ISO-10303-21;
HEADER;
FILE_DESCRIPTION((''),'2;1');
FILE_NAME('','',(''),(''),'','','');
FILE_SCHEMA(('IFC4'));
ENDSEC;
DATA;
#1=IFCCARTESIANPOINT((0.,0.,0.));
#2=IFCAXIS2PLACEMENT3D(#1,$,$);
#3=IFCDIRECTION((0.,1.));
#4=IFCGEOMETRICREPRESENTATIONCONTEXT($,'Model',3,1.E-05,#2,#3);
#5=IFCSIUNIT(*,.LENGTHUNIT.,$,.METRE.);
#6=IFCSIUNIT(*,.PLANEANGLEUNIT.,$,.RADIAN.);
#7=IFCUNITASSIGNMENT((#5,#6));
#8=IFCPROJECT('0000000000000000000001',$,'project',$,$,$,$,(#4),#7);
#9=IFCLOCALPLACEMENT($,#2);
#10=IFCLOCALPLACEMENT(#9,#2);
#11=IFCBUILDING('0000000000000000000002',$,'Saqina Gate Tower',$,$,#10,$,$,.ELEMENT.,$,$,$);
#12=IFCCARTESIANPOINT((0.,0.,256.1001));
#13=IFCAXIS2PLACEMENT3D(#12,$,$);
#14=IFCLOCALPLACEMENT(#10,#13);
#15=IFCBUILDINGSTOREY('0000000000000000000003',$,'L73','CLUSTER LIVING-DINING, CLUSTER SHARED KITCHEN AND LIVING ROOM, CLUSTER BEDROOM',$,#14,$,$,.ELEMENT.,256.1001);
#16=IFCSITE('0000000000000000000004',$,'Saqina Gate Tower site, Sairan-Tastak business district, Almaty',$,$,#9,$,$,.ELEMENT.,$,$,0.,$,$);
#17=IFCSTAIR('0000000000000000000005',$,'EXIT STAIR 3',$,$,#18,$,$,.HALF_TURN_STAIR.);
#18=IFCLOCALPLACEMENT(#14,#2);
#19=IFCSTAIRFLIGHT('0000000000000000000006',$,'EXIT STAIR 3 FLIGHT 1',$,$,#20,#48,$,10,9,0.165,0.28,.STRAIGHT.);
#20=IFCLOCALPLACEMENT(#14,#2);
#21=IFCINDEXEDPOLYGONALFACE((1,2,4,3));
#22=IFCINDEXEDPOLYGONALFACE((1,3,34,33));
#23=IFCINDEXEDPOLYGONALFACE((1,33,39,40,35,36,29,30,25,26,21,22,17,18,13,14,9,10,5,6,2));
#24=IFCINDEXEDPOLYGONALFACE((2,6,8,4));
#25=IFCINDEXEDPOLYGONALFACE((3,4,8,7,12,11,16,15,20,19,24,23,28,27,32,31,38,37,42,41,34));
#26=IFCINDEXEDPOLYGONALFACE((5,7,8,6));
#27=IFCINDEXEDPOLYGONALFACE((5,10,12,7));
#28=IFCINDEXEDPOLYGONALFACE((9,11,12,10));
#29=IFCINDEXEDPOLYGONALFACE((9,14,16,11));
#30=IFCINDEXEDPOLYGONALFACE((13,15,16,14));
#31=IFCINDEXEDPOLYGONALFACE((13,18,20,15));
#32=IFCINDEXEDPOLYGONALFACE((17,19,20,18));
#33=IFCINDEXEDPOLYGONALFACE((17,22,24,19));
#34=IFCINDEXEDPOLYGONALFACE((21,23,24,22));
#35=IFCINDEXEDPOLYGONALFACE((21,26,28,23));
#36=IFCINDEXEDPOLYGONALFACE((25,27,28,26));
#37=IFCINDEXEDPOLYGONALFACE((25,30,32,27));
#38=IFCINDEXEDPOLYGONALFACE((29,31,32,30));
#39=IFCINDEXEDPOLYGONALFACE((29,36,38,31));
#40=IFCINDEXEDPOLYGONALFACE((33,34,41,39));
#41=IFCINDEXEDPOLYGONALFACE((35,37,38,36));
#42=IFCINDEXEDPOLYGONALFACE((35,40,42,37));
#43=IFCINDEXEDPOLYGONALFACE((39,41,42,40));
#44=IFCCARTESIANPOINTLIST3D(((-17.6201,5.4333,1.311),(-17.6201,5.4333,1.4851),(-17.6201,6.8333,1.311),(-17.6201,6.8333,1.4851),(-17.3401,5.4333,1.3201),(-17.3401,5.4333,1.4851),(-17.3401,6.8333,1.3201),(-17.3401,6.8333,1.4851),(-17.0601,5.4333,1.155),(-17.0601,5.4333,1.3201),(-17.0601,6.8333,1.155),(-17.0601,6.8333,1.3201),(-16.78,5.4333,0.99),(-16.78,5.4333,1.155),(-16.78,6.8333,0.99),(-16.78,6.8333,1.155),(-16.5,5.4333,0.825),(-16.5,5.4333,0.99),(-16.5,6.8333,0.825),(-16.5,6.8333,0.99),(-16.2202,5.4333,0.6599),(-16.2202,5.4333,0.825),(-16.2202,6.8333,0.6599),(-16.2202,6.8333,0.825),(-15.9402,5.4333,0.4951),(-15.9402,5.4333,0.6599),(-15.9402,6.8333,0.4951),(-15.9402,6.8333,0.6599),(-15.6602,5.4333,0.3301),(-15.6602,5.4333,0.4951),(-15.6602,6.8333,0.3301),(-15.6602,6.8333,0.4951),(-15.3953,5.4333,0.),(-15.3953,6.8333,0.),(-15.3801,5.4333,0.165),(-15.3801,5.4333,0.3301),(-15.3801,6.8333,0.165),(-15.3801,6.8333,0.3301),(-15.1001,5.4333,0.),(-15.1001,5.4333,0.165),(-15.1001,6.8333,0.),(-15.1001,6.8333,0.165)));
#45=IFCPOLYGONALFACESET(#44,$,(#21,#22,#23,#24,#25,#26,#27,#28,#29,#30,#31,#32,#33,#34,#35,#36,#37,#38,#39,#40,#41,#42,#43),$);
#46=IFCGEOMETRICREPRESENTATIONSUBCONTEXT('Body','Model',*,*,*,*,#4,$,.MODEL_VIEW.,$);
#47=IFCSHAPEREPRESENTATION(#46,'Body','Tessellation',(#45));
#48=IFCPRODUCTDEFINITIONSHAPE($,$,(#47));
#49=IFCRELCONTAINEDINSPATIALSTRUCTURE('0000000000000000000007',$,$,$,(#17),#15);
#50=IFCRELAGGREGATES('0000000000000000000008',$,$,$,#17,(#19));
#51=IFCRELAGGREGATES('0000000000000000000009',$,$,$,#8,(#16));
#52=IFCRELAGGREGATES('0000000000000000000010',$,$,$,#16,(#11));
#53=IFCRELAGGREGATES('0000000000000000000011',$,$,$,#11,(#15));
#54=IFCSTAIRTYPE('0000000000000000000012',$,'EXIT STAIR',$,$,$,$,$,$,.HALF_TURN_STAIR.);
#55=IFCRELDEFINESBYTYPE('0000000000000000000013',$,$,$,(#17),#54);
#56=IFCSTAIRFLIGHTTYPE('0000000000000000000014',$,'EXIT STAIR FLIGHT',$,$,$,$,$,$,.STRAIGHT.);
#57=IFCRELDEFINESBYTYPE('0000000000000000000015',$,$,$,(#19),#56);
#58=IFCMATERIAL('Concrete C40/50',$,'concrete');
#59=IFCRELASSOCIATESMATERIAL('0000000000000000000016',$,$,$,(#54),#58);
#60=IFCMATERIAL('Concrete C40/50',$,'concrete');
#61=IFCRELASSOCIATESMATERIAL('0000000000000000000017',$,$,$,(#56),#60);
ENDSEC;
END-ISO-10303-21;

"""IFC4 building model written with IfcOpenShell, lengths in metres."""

from ifc_helpers import new_model, si_unit, direction, frame, origin, place, context, subcontext, project, spatial, polyline, outline, extrude, material, type_object, element, aggregate, save


model = new_model("IFC4")

# Units and contexts
model_context = context("Model", 3, precision=1e-05, world=origin(), true_north=direction((0.0, 1.0)))
body_context = subcontext(model_context, "Body", "Model", "MODEL_VIEW")
ifc_project = project(units=[si_unit("LENGTHUNIT", "METRE"), si_unit("PLANEANGLEUNIT", "RADIAN")], contexts=[model_context])

# Site, building, storey
site_placement = place(None, origin())
site = spatial("IfcSite", under=ifc_project, at=site_placement, Name="Saqina Gate Tower site, Sairan-Tastak business district, Almaty", CompositionType="ELEMENT", RefElevation=0.0)
building_placement = place(site_placement, origin())
building = spatial("IfcBuilding", under=site, at=building_placement, Name="Saqina Gate Tower", CompositionType="ELEMENT")
storey_placement = place(building_placement, frame((0.0, 0.0, 256.1001)))
storey = spatial("IfcBuildingStorey", under=building, at=storey_placement, Name="L73", Description="CLUSTER LIVING-DINING, CLUSTER SHARED KITCHEN AND LIVING ROOM, CLUSTER BEDROOM", CompositionType="ELEMENT", Elevation=256.1001)

# Stair, stair flight
ifc_material_1 = material(Name="Concrete C40/50", Category="concrete")
stair_type = type_object("IfcStairType", Name="EXIT STAIR", PredefinedType="HALF_TURN_STAIR", material=ifc_material_1)
stair_placement = place(storey_placement, origin())
stair = element("IfcStair", 1, at=stair_placement, inside=storey, type_object=stair_type, Name="EXIT STAIR 3", PredefinedType="HALF_TURN_STAIR")
ifc_material_2 = material(Name="Concrete C40/50", Category="concrete")
stair_flight_type = type_object("IfcStairFlightType", Name="EXIT STAIR FLIGHT", PredefinedType="STRAIGHT", material=ifc_material_2)
stair_flight_placement = place(storey_placement, frame((-15.1001, 6.1333, 0.0), z_axis=(0.0, 0.0, 1.0), x_axis=(-1.0, 0.0, 0.0)))
stair_flight = element("IfcStairFlight", 2, at=stair_flight_placement, type_object=stair_flight_type, Name="EXIT STAIR 3 FLIGHT 1", NumberOfRisers=10, NumberOfTreads=9, PredefinedType="STRAIGHT", RiserHeight=0.165, TreadLength=0.28, context=body_context, shape_type="SweptSolid", body=[
    extrude(outline(polyline([(0.0, 0.0), (0.0, 0.165), (0.28, 0.165), (0.28, 0.3301), (0.5601, 0.3301), (0.5601, 0.4951), (0.8401, 0.4951), (0.8401, 0.6599), (1.1201, 0.6599), (1.1201, 0.825), (1.3999, 0.825), (1.3999, 0.99), (1.6799, 0.99), (1.6799, 1.155), (1.96, 1.155), (1.96, 1.3201), (2.24, 1.3201), (2.24, 1.4851), (2.52, 1.4851), (2.52, 1.6499), (2.52, 1.311), (0.2952, 0.0), (0.0, 0.0)])), frame((0.0, 0.7, 0.0), z_axis=(0.0, -1.0, 0.0), x_axis=(1.0, 0.0, 0.0)), (0.0, 0.0, 1.0), 1.3999),
])
aggregate(stair, [stair_flight])

save(model, "model.ifc")
